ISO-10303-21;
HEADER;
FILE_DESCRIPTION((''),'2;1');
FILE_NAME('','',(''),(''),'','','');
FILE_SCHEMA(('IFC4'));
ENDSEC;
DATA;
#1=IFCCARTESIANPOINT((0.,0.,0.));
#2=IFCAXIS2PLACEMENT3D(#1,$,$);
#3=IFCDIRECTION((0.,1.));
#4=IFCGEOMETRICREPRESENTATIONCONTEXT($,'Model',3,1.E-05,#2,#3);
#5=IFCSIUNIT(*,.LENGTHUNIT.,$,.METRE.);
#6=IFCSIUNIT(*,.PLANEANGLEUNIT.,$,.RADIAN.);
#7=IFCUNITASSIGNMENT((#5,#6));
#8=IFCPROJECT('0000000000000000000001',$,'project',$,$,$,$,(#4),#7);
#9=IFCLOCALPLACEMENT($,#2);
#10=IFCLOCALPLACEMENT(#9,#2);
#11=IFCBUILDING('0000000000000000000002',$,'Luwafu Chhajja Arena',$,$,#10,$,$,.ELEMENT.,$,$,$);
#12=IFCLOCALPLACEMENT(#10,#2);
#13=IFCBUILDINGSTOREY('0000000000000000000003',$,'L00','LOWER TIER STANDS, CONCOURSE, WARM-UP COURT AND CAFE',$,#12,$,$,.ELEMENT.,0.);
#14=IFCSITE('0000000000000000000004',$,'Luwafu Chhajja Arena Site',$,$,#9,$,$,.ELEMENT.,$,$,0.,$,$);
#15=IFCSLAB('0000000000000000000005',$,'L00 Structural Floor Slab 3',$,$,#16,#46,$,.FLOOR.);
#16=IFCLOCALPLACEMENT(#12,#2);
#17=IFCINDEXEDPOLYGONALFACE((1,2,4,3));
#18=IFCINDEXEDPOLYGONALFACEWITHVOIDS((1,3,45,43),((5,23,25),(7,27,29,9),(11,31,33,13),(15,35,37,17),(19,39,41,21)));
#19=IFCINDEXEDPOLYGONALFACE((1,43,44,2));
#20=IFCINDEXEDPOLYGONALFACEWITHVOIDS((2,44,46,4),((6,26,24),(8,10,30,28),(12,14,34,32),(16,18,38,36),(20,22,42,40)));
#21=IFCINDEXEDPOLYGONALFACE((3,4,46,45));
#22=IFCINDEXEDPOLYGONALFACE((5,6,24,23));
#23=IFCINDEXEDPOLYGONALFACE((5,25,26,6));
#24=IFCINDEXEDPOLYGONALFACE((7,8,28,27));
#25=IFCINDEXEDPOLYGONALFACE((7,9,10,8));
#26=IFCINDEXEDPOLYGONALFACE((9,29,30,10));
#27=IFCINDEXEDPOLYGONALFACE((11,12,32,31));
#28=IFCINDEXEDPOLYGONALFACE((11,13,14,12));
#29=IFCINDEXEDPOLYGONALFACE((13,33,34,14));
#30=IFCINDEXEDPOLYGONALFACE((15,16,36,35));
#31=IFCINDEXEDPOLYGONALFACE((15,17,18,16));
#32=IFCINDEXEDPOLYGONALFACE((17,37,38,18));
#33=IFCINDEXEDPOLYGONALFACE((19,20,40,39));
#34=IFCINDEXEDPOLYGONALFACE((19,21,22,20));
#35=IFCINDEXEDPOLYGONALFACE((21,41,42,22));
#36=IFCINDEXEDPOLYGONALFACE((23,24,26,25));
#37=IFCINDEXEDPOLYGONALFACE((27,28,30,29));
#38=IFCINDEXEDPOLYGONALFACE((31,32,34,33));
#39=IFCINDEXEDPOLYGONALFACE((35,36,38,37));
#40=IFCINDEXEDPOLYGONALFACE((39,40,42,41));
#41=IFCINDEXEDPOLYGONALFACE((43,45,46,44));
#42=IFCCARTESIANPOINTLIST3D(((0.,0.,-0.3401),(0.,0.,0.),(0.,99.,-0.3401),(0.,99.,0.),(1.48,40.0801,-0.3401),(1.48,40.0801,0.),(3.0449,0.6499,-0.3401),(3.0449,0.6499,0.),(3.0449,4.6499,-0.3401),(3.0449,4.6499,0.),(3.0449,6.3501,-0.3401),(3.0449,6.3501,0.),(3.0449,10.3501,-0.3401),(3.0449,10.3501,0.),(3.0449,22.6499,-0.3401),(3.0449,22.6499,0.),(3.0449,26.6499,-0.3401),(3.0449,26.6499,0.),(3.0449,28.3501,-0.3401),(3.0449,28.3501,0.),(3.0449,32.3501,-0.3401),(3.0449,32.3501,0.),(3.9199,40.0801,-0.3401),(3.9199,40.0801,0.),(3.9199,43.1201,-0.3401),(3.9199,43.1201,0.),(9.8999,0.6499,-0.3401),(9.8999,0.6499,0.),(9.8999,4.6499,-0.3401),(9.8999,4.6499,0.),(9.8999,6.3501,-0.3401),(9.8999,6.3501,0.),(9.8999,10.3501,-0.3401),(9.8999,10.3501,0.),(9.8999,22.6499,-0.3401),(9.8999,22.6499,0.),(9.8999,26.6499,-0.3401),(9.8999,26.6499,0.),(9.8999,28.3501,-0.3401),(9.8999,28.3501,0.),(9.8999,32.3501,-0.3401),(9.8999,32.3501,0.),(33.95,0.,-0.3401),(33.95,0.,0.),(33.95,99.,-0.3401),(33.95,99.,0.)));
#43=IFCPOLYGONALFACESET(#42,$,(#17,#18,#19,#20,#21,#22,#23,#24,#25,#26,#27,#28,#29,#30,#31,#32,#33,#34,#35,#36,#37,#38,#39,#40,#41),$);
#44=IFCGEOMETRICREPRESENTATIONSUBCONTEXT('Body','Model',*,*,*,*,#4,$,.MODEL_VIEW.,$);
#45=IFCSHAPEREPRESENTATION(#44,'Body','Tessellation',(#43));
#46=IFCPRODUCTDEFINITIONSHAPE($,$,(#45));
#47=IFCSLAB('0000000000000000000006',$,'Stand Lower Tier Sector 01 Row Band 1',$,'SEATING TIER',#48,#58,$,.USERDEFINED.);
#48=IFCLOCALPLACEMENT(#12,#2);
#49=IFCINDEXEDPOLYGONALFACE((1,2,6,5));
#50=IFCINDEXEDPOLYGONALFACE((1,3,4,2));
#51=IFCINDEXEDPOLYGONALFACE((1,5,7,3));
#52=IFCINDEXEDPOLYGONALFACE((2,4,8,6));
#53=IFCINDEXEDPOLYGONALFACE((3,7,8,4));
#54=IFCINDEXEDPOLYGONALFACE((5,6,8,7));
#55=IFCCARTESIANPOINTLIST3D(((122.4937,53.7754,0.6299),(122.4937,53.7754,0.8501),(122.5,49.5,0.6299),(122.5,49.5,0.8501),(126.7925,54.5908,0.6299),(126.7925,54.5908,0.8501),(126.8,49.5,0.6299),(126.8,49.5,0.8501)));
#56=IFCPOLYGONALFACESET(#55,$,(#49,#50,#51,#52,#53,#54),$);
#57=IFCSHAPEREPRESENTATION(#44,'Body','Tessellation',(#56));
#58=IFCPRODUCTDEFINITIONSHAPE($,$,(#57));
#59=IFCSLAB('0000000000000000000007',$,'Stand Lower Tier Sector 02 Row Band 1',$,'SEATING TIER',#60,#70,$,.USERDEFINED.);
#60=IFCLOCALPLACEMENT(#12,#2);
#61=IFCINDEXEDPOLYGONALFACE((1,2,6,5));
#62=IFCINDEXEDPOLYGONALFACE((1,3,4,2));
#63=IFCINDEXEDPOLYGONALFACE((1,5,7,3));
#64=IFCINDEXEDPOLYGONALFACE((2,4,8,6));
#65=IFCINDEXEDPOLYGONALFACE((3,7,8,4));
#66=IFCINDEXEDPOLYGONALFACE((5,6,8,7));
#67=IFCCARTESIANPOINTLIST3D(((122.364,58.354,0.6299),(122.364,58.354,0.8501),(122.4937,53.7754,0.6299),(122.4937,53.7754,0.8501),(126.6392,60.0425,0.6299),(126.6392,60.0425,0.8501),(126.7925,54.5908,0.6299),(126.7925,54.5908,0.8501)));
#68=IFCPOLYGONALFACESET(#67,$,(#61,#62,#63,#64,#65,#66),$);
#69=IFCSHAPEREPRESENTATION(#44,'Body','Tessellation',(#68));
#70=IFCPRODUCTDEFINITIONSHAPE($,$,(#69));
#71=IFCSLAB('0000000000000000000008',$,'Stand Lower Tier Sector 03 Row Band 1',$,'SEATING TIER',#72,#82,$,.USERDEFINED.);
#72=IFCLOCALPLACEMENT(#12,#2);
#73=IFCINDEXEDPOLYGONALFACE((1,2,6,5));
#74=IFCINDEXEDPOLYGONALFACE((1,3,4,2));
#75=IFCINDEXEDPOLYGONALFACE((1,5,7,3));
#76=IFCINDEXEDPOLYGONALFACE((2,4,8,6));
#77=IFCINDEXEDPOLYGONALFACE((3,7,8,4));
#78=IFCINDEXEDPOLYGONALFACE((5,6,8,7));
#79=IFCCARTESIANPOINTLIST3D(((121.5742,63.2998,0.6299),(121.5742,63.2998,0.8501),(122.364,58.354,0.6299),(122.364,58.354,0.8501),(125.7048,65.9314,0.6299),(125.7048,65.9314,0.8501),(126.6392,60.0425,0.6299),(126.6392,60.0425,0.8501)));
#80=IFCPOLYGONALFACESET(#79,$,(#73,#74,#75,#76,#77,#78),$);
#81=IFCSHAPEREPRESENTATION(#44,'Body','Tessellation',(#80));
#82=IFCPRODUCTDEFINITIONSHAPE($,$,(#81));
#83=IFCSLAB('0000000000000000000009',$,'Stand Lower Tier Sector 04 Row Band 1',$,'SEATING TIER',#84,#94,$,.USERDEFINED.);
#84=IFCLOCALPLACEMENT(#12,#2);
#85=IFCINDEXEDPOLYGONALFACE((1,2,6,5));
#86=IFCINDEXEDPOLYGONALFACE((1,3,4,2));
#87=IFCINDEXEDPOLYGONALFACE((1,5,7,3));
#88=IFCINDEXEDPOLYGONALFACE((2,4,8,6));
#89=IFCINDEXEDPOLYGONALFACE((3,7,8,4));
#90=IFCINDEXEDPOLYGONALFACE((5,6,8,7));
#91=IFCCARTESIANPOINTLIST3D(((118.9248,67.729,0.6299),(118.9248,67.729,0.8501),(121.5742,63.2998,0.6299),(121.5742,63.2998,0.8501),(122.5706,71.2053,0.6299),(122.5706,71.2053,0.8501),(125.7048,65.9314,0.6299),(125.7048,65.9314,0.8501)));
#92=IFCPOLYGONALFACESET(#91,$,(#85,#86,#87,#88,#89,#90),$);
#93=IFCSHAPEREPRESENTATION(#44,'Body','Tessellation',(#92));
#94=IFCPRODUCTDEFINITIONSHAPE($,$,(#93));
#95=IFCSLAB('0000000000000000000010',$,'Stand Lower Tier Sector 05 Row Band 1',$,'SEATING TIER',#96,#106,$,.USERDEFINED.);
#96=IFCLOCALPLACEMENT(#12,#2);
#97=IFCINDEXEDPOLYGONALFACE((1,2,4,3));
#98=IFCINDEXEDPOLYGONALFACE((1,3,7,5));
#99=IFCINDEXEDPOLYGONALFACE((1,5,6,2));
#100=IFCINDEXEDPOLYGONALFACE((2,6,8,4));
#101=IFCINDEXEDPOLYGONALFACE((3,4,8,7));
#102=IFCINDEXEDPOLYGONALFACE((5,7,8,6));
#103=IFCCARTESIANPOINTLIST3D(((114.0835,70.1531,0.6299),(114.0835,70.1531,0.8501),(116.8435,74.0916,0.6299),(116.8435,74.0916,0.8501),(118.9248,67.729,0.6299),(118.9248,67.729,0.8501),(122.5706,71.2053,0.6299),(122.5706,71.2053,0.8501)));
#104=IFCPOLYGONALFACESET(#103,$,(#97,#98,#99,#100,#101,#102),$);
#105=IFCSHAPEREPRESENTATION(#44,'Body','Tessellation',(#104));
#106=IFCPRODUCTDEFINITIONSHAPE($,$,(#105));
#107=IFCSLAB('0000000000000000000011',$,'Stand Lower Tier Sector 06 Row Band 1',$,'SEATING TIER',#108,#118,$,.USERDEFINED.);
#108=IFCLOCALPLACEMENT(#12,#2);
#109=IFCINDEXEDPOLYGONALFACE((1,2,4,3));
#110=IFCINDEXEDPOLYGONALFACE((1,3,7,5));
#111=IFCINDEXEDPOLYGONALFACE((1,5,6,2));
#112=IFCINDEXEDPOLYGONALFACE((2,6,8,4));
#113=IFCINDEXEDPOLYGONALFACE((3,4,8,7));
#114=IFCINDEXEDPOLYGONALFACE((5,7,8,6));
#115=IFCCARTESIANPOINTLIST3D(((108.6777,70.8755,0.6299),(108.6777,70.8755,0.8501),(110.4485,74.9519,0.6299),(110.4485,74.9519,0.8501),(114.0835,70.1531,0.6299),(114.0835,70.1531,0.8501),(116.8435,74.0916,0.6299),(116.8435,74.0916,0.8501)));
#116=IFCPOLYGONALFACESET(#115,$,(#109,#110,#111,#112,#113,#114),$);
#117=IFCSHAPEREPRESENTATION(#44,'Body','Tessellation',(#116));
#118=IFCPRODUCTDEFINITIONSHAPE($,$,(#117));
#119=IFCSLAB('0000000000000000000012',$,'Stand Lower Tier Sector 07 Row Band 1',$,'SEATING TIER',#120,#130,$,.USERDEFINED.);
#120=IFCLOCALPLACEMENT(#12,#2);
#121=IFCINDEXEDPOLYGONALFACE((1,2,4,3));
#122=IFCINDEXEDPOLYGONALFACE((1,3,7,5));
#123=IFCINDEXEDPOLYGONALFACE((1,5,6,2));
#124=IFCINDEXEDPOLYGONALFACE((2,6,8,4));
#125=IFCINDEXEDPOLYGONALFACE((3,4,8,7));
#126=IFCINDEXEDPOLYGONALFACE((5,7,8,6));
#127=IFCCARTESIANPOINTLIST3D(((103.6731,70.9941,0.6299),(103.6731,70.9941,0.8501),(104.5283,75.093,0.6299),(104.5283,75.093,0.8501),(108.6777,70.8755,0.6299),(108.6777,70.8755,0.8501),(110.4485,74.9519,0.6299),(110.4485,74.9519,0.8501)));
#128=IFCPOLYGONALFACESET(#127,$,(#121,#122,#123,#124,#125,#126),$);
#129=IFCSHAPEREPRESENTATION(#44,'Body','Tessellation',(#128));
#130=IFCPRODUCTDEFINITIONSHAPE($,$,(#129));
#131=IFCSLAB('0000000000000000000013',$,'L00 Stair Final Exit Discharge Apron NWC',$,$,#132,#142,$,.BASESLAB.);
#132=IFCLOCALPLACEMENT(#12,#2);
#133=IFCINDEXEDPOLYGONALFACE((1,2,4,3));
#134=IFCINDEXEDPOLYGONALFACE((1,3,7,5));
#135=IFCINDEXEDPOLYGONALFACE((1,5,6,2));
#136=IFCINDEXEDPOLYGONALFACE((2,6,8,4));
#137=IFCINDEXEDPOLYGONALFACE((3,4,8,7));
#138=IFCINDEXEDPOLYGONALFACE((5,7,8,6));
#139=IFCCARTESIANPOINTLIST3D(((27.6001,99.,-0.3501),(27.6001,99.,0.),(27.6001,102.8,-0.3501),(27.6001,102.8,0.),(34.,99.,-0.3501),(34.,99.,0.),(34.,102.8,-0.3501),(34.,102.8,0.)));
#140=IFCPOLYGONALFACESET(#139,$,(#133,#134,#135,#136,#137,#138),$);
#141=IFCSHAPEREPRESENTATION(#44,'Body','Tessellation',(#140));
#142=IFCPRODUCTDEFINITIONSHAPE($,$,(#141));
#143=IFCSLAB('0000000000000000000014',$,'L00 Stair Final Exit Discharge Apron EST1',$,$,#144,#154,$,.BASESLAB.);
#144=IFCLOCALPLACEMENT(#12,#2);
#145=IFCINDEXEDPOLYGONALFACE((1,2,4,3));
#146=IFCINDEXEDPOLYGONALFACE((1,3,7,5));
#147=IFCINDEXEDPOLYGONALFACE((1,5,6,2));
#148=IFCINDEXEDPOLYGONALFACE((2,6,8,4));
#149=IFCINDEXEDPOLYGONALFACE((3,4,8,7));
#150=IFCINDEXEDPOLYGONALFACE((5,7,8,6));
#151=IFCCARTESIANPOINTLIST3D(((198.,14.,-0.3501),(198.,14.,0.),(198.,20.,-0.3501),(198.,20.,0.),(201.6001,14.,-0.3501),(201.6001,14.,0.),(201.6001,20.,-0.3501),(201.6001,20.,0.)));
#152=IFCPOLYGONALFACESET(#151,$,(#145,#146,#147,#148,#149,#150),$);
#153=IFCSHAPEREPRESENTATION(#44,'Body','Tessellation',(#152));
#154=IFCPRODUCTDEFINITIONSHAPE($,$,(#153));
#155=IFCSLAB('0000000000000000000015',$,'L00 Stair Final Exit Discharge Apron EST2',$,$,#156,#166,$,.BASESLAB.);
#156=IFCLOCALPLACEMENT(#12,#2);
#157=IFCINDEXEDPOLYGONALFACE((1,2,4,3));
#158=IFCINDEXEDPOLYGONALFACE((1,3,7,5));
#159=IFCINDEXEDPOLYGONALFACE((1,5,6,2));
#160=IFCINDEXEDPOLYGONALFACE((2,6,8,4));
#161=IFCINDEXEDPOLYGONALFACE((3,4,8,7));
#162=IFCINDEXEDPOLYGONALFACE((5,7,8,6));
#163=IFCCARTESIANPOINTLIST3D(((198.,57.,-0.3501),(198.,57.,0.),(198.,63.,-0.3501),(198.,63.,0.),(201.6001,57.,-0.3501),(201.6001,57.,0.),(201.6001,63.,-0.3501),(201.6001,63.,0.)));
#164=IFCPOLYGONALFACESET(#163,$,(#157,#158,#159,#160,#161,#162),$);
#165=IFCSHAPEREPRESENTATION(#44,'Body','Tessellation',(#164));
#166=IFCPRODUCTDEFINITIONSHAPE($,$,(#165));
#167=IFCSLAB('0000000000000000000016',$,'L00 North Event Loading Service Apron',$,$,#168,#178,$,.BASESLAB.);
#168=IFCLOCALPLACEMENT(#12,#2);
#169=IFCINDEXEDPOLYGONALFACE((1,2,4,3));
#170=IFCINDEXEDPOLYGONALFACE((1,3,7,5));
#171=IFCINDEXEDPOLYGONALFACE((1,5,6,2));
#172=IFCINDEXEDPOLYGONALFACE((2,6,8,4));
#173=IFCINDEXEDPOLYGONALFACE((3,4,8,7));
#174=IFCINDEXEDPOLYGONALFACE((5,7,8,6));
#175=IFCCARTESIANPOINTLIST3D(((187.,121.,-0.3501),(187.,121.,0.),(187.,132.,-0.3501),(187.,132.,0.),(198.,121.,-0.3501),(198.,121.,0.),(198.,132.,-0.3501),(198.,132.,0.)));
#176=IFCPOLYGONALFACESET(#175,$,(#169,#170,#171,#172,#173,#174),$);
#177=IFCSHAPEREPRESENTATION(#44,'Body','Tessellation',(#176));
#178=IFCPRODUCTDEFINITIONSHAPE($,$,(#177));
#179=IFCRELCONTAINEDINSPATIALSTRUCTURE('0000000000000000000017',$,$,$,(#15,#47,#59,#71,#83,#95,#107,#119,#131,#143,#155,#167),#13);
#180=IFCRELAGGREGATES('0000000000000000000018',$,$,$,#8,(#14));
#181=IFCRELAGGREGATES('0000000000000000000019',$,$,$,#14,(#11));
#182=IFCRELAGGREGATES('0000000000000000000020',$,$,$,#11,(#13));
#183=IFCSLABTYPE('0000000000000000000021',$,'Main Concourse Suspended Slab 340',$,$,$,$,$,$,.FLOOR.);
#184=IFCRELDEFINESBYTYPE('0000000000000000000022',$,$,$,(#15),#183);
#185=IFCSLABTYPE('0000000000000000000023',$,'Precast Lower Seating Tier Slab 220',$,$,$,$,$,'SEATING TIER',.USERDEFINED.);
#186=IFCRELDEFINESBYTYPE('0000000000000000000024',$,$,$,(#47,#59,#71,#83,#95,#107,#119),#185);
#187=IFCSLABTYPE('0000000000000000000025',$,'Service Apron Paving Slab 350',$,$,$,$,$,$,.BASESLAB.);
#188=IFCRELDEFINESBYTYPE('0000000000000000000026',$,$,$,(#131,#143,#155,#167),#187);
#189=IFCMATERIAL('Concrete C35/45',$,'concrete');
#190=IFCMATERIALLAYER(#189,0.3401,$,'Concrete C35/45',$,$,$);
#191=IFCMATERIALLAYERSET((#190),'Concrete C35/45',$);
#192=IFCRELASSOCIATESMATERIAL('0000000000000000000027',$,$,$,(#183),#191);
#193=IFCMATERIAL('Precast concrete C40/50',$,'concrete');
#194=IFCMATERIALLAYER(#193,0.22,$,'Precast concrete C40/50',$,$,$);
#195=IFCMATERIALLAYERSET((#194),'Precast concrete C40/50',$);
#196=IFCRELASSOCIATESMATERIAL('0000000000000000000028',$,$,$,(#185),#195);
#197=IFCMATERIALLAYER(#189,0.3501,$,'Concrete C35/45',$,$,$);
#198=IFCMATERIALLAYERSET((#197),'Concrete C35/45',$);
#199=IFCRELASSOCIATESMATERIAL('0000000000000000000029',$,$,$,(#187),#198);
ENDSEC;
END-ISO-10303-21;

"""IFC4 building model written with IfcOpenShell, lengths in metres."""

from ifc_helpers import new_model, si_unit, direction, frame, origin, place, context, subcontext, project, spatial, polyline, outline, extrude, material, layer, layer_set, type_object, element, save


model = new_model("IFC4")

# Units and contexts
model_context = context("Model", 3, precision=1e-05, world=origin(), true_north=direction((0.0, 1.0)))
body_context = subcontext(model_context, "Body", "Model", "MODEL_VIEW")
ifc_project = project(units=[si_unit("LENGTHUNIT", "METRE"), si_unit("PLANEANGLEUNIT", "RADIAN")], contexts=[model_context])

# Site, building, storey
site_placement = place(None, origin())
site = spatial("IfcSite", under=ifc_project, at=site_placement, Name="Luwafu Chhajja Arena Site", CompositionType="ELEMENT", RefElevation=0.0)
building_placement = place(site_placement, origin())
building = spatial("IfcBuilding", under=site, at=building_placement, Name="Luwafu Chhajja Arena", CompositionType="ELEMENT")
storey_placement = place(building_placement, origin())
storey = spatial("IfcBuildingStorey", under=building, at=storey_placement, Name="L00", Description="LOWER TIER STANDS, CONCOURSE, WARM-UP COURT AND CAFE", CompositionType="ELEMENT", Elevation=0.0)

# Slabs
ifc_material_1 = material(Name="Concrete C35/45", Category="concrete")
ifc_layer_1 = layer(ifc_material_1, 0.3401, Name="Concrete C35/45")
ifc_layer_set_1 = layer_set([ifc_layer_1], Name="Concrete C35/45")
slab_type_1 = type_object("IfcSlabType", Name="Main Concourse Suspended Slab 340", PredefinedType="FLOOR", material=ifc_layer_set_1)
slab_1_placement = place(storey_placement, frame((0.0, 0.0, -0.3401)))
element("IfcSlab", 1, at=slab_1_placement, inside=storey, type_object=slab_type_1, Name="L00 Structural Floor Slab 3", PredefinedType="FLOOR", context=body_context, shape_type="SweptSolid", body=[
    extrude(outline(polyline([(0.0, 0.0), (0.0, 99.0), (33.95, 99.0), (33.95, 0.0), (0.0, 0.0)]), holes=[polyline([(9.8999, 26.6499), (3.0449, 26.6499), (3.0449, 22.6499), (9.8999, 22.6499), (9.8999, 26.6499)]), polyline([(9.8999, 4.6499), (3.0449, 4.6499), (3.0449, 0.6499), (9.8999, 0.6499), (9.8999, 4.6499)]), polyline([(9.8999, 28.3501), (9.8999, 32.3501), (3.0449, 32.3501), (3.0449, 28.3501), (9.8999, 28.3501)]), polyline([(9.8999, 6.3501), (9.8999, 10.3501), (3.0449, 10.3501), (3.0449, 6.3501), (9.8999, 6.3501)]), polyline([(3.9199, 40.0801), (3.9199, 43.1201), (1.48, 40.0801), (3.9199, 40.0801)])]), origin(), (0.0, 0.0, 1.0), 0.3401),
])
ifc_material_2 = material(Name="Precast concrete C40/50", Category="concrete")
ifc_layer_2 = layer(ifc_material_2, 0.22, Name="Precast concrete C40/50")
ifc_layer_set_2 = layer_set([ifc_layer_2], Name="Precast concrete C40/50")
slab_type_2 = type_object("IfcSlabType", Name="Precast Lower Seating Tier Slab 220", ElementType="SEATING TIER", PredefinedType="USERDEFINED", material=ifc_layer_set_2)
slab_2_placement = place(storey_placement, frame((0.0, 0.0, 0.6299)))
element("IfcSlab", 2, at=slab_2_placement, inside=storey, type_object=slab_type_2, Name="Stand Lower Tier Sector 01 Row Band 1", ObjectType="SEATING TIER", PredefinedType="USERDEFINED", context=body_context, shape_type="SweptSolid", body=[
    extrude(outline(polyline([(122.5, 49.5), (122.4937, 53.7754), (126.7925, 54.5908), (126.8, 49.5), (122.5, 49.5)])), origin(), (0.0, 0.0, 1.0), 0.2202),
])
slab_3_placement = place(storey_placement, frame((0.0, 0.0, 0.6299)))
element("IfcSlab", 3, at=slab_3_placement, inside=storey, type_object=slab_type_2, Name="Stand Lower Tier Sector 02 Row Band 1", ObjectType="SEATING TIER", PredefinedType="USERDEFINED", context=body_context, shape_type="SweptSolid", body=[
    extrude(outline(polyline([(122.4937, 53.7754), (122.364, 58.354), (126.6392, 60.0425), (126.7925, 54.5908), (122.4937, 53.7754)])), origin(), (0.0, 0.0, 1.0), 0.2202),
])
slab_4_placement = place(storey_placement, frame((0.0, 0.0, 0.6299)))
element("IfcSlab", 4, at=slab_4_placement, inside=storey, type_object=slab_type_2, Name="Stand Lower Tier Sector 03 Row Band 1", ObjectType="SEATING TIER", PredefinedType="USERDEFINED", context=body_context, shape_type="SweptSolid", body=[
    extrude(outline(polyline([(122.364, 58.354), (121.5742, 63.2998), (125.7048, 65.9314), (126.6392, 60.0425), (122.364, 58.354)])), origin(), (0.0, 0.0, 1.0), 0.2202),
])
slab_5_placement = place(storey_placement, frame((0.0, 0.0, 0.6299)))
element("IfcSlab", 5, at=slab_5_placement, inside=storey, type_object=slab_type_2, Name="Stand Lower Tier Sector 04 Row Band 1", ObjectType="SEATING TIER", PredefinedType="USERDEFINED", context=body_context, shape_type="SweptSolid", body=[
    extrude(outline(polyline([(121.5742, 63.2998), (118.9248, 67.729), (122.5706, 71.2053), (125.7048, 65.9314), (121.5742, 63.2998)])), origin(), (0.0, 0.0, 1.0), 0.2202),
])
slab_6_placement = place(storey_placement, frame((0.0, 0.0, 0.6299)))
element("IfcSlab", 6, at=slab_6_placement, inside=storey, type_object=slab_type_2, Name="Stand Lower Tier Sector 05 Row Band 1", ObjectType="SEATING TIER", PredefinedType="USERDEFINED", context=body_context, shape_type="SweptSolid", body=[
    extrude(outline(polyline([(118.9248, 67.729), (114.0835, 70.1531), (116.8435, 74.0916), (122.5706, 71.2053), (118.9248, 67.729)])), origin(), (0.0, 0.0, 1.0), 0.2202),
])
slab_7_placement = place(storey_placement, frame((0.0, 0.0, 0.6299)))
element("IfcSlab", 7, at=slab_7_placement, inside=storey, type_object=slab_type_2, Name="Stand Lower Tier Sector 06 Row Band 1", ObjectType="SEATING TIER", PredefinedType="USERDEFINED", context=body_context, shape_type="SweptSolid", body=[
    extrude(outline(polyline([(114.0835, 70.1531), (108.6777, 70.8755), (110.4485, 74.9519), (116.8435, 74.0916), (114.0835, 70.1531)])), origin(), (0.0, 0.0, 1.0), 0.2202),
])
slab_8_placement = place(storey_placement, frame((0.0, 0.0, 0.6299)))
element("IfcSlab", 8, at=slab_8_placement, inside=storey, type_object=slab_type_2, Name="Stand Lower Tier Sector 07 Row Band 1", ObjectType="SEATING TIER", PredefinedType="USERDEFINED", context=body_context, shape_type="SweptSolid", body=[
    extrude(outline(polyline([(108.6777, 70.8755), (103.6731, 70.9941), (104.5283, 75.093), (110.4485, 74.9519), (108.6777, 70.8755)])), origin(), (0.0, 0.0, 1.0), 0.2202),
])
ifc_layer_3 = layer(ifc_material_1, 0.3501, Name="Concrete C35/45")
ifc_layer_set_3 = layer_set([ifc_layer_3], Name="Concrete C35/45")
slab_type_3 = type_object("IfcSlabType", Name="Service Apron Paving Slab 350", PredefinedType="BASESLAB", material=ifc_layer_set_3)
slab_9_placement = place(storey_placement, frame((0.0, 0.0, -0.3501)))
element("IfcSlab", 9, at=slab_9_placement, inside=storey, type_object=slab_type_3, Name="L00 Stair Final Exit Discharge Apron NWC", PredefinedType="BASESLAB", context=body_context, shape_type="SweptSolid", body=[
    extrude(outline(polyline([(27.6001, 99.0), (34.0, 99.0), (34.0, 102.8), (27.6001, 102.8), (27.6001, 99.0)])), origin(), (0.0, 0.0, 1.0), 0.3501),
])
slab_10_placement = place(storey_placement, frame((0.0, 0.0, -0.3501)))
element("IfcSlab", 10, at=slab_10_placement, inside=storey, type_object=slab_type_3, Name="L00 Stair Final Exit Discharge Apron EST1", PredefinedType="BASESLAB", context=body_context, shape_type="SweptSolid", body=[
    extrude(outline(polyline([(198.0, 14.0), (201.6001, 14.0), (201.6001, 20.0), (198.0, 20.0), (198.0, 14.0)])), origin(), (0.0, 0.0, 1.0), 0.3501),
])
slab_11_placement = place(storey_placement, frame((0.0, 0.0, -0.3501)))
element("IfcSlab", 11, at=slab_11_placement, inside=storey, type_object=slab_type_3, Name="L00 Stair Final Exit Discharge Apron EST2", PredefinedType="BASESLAB", context=body_context, shape_type="SweptSolid", body=[
    extrude(outline(polyline([(198.0, 57.0), (201.6001, 57.0), (201.6001, 63.0), (198.0, 63.0), (198.0, 57.0)])), origin(), (0.0, 0.0, 1.0), 0.3501),
])
slab_12_placement = place(storey_placement, frame((0.0, 0.0, -0.3501)))
element("IfcSlab", 12, at=slab_12_placement, inside=storey, type_object=slab_type_3, Name="L00 North Event Loading Service Apron", PredefinedType="BASESLAB", context=body_context, shape_type="SweptSolid", body=[
    extrude(outline(polyline([(187.0, 121.0), (198.0, 121.0), (198.0, 132.0), (187.0, 132.0), (187.0, 121.0)])), origin(), (0.0, 0.0, 1.0), 0.3501),
])

save(model, "model.ifc")
